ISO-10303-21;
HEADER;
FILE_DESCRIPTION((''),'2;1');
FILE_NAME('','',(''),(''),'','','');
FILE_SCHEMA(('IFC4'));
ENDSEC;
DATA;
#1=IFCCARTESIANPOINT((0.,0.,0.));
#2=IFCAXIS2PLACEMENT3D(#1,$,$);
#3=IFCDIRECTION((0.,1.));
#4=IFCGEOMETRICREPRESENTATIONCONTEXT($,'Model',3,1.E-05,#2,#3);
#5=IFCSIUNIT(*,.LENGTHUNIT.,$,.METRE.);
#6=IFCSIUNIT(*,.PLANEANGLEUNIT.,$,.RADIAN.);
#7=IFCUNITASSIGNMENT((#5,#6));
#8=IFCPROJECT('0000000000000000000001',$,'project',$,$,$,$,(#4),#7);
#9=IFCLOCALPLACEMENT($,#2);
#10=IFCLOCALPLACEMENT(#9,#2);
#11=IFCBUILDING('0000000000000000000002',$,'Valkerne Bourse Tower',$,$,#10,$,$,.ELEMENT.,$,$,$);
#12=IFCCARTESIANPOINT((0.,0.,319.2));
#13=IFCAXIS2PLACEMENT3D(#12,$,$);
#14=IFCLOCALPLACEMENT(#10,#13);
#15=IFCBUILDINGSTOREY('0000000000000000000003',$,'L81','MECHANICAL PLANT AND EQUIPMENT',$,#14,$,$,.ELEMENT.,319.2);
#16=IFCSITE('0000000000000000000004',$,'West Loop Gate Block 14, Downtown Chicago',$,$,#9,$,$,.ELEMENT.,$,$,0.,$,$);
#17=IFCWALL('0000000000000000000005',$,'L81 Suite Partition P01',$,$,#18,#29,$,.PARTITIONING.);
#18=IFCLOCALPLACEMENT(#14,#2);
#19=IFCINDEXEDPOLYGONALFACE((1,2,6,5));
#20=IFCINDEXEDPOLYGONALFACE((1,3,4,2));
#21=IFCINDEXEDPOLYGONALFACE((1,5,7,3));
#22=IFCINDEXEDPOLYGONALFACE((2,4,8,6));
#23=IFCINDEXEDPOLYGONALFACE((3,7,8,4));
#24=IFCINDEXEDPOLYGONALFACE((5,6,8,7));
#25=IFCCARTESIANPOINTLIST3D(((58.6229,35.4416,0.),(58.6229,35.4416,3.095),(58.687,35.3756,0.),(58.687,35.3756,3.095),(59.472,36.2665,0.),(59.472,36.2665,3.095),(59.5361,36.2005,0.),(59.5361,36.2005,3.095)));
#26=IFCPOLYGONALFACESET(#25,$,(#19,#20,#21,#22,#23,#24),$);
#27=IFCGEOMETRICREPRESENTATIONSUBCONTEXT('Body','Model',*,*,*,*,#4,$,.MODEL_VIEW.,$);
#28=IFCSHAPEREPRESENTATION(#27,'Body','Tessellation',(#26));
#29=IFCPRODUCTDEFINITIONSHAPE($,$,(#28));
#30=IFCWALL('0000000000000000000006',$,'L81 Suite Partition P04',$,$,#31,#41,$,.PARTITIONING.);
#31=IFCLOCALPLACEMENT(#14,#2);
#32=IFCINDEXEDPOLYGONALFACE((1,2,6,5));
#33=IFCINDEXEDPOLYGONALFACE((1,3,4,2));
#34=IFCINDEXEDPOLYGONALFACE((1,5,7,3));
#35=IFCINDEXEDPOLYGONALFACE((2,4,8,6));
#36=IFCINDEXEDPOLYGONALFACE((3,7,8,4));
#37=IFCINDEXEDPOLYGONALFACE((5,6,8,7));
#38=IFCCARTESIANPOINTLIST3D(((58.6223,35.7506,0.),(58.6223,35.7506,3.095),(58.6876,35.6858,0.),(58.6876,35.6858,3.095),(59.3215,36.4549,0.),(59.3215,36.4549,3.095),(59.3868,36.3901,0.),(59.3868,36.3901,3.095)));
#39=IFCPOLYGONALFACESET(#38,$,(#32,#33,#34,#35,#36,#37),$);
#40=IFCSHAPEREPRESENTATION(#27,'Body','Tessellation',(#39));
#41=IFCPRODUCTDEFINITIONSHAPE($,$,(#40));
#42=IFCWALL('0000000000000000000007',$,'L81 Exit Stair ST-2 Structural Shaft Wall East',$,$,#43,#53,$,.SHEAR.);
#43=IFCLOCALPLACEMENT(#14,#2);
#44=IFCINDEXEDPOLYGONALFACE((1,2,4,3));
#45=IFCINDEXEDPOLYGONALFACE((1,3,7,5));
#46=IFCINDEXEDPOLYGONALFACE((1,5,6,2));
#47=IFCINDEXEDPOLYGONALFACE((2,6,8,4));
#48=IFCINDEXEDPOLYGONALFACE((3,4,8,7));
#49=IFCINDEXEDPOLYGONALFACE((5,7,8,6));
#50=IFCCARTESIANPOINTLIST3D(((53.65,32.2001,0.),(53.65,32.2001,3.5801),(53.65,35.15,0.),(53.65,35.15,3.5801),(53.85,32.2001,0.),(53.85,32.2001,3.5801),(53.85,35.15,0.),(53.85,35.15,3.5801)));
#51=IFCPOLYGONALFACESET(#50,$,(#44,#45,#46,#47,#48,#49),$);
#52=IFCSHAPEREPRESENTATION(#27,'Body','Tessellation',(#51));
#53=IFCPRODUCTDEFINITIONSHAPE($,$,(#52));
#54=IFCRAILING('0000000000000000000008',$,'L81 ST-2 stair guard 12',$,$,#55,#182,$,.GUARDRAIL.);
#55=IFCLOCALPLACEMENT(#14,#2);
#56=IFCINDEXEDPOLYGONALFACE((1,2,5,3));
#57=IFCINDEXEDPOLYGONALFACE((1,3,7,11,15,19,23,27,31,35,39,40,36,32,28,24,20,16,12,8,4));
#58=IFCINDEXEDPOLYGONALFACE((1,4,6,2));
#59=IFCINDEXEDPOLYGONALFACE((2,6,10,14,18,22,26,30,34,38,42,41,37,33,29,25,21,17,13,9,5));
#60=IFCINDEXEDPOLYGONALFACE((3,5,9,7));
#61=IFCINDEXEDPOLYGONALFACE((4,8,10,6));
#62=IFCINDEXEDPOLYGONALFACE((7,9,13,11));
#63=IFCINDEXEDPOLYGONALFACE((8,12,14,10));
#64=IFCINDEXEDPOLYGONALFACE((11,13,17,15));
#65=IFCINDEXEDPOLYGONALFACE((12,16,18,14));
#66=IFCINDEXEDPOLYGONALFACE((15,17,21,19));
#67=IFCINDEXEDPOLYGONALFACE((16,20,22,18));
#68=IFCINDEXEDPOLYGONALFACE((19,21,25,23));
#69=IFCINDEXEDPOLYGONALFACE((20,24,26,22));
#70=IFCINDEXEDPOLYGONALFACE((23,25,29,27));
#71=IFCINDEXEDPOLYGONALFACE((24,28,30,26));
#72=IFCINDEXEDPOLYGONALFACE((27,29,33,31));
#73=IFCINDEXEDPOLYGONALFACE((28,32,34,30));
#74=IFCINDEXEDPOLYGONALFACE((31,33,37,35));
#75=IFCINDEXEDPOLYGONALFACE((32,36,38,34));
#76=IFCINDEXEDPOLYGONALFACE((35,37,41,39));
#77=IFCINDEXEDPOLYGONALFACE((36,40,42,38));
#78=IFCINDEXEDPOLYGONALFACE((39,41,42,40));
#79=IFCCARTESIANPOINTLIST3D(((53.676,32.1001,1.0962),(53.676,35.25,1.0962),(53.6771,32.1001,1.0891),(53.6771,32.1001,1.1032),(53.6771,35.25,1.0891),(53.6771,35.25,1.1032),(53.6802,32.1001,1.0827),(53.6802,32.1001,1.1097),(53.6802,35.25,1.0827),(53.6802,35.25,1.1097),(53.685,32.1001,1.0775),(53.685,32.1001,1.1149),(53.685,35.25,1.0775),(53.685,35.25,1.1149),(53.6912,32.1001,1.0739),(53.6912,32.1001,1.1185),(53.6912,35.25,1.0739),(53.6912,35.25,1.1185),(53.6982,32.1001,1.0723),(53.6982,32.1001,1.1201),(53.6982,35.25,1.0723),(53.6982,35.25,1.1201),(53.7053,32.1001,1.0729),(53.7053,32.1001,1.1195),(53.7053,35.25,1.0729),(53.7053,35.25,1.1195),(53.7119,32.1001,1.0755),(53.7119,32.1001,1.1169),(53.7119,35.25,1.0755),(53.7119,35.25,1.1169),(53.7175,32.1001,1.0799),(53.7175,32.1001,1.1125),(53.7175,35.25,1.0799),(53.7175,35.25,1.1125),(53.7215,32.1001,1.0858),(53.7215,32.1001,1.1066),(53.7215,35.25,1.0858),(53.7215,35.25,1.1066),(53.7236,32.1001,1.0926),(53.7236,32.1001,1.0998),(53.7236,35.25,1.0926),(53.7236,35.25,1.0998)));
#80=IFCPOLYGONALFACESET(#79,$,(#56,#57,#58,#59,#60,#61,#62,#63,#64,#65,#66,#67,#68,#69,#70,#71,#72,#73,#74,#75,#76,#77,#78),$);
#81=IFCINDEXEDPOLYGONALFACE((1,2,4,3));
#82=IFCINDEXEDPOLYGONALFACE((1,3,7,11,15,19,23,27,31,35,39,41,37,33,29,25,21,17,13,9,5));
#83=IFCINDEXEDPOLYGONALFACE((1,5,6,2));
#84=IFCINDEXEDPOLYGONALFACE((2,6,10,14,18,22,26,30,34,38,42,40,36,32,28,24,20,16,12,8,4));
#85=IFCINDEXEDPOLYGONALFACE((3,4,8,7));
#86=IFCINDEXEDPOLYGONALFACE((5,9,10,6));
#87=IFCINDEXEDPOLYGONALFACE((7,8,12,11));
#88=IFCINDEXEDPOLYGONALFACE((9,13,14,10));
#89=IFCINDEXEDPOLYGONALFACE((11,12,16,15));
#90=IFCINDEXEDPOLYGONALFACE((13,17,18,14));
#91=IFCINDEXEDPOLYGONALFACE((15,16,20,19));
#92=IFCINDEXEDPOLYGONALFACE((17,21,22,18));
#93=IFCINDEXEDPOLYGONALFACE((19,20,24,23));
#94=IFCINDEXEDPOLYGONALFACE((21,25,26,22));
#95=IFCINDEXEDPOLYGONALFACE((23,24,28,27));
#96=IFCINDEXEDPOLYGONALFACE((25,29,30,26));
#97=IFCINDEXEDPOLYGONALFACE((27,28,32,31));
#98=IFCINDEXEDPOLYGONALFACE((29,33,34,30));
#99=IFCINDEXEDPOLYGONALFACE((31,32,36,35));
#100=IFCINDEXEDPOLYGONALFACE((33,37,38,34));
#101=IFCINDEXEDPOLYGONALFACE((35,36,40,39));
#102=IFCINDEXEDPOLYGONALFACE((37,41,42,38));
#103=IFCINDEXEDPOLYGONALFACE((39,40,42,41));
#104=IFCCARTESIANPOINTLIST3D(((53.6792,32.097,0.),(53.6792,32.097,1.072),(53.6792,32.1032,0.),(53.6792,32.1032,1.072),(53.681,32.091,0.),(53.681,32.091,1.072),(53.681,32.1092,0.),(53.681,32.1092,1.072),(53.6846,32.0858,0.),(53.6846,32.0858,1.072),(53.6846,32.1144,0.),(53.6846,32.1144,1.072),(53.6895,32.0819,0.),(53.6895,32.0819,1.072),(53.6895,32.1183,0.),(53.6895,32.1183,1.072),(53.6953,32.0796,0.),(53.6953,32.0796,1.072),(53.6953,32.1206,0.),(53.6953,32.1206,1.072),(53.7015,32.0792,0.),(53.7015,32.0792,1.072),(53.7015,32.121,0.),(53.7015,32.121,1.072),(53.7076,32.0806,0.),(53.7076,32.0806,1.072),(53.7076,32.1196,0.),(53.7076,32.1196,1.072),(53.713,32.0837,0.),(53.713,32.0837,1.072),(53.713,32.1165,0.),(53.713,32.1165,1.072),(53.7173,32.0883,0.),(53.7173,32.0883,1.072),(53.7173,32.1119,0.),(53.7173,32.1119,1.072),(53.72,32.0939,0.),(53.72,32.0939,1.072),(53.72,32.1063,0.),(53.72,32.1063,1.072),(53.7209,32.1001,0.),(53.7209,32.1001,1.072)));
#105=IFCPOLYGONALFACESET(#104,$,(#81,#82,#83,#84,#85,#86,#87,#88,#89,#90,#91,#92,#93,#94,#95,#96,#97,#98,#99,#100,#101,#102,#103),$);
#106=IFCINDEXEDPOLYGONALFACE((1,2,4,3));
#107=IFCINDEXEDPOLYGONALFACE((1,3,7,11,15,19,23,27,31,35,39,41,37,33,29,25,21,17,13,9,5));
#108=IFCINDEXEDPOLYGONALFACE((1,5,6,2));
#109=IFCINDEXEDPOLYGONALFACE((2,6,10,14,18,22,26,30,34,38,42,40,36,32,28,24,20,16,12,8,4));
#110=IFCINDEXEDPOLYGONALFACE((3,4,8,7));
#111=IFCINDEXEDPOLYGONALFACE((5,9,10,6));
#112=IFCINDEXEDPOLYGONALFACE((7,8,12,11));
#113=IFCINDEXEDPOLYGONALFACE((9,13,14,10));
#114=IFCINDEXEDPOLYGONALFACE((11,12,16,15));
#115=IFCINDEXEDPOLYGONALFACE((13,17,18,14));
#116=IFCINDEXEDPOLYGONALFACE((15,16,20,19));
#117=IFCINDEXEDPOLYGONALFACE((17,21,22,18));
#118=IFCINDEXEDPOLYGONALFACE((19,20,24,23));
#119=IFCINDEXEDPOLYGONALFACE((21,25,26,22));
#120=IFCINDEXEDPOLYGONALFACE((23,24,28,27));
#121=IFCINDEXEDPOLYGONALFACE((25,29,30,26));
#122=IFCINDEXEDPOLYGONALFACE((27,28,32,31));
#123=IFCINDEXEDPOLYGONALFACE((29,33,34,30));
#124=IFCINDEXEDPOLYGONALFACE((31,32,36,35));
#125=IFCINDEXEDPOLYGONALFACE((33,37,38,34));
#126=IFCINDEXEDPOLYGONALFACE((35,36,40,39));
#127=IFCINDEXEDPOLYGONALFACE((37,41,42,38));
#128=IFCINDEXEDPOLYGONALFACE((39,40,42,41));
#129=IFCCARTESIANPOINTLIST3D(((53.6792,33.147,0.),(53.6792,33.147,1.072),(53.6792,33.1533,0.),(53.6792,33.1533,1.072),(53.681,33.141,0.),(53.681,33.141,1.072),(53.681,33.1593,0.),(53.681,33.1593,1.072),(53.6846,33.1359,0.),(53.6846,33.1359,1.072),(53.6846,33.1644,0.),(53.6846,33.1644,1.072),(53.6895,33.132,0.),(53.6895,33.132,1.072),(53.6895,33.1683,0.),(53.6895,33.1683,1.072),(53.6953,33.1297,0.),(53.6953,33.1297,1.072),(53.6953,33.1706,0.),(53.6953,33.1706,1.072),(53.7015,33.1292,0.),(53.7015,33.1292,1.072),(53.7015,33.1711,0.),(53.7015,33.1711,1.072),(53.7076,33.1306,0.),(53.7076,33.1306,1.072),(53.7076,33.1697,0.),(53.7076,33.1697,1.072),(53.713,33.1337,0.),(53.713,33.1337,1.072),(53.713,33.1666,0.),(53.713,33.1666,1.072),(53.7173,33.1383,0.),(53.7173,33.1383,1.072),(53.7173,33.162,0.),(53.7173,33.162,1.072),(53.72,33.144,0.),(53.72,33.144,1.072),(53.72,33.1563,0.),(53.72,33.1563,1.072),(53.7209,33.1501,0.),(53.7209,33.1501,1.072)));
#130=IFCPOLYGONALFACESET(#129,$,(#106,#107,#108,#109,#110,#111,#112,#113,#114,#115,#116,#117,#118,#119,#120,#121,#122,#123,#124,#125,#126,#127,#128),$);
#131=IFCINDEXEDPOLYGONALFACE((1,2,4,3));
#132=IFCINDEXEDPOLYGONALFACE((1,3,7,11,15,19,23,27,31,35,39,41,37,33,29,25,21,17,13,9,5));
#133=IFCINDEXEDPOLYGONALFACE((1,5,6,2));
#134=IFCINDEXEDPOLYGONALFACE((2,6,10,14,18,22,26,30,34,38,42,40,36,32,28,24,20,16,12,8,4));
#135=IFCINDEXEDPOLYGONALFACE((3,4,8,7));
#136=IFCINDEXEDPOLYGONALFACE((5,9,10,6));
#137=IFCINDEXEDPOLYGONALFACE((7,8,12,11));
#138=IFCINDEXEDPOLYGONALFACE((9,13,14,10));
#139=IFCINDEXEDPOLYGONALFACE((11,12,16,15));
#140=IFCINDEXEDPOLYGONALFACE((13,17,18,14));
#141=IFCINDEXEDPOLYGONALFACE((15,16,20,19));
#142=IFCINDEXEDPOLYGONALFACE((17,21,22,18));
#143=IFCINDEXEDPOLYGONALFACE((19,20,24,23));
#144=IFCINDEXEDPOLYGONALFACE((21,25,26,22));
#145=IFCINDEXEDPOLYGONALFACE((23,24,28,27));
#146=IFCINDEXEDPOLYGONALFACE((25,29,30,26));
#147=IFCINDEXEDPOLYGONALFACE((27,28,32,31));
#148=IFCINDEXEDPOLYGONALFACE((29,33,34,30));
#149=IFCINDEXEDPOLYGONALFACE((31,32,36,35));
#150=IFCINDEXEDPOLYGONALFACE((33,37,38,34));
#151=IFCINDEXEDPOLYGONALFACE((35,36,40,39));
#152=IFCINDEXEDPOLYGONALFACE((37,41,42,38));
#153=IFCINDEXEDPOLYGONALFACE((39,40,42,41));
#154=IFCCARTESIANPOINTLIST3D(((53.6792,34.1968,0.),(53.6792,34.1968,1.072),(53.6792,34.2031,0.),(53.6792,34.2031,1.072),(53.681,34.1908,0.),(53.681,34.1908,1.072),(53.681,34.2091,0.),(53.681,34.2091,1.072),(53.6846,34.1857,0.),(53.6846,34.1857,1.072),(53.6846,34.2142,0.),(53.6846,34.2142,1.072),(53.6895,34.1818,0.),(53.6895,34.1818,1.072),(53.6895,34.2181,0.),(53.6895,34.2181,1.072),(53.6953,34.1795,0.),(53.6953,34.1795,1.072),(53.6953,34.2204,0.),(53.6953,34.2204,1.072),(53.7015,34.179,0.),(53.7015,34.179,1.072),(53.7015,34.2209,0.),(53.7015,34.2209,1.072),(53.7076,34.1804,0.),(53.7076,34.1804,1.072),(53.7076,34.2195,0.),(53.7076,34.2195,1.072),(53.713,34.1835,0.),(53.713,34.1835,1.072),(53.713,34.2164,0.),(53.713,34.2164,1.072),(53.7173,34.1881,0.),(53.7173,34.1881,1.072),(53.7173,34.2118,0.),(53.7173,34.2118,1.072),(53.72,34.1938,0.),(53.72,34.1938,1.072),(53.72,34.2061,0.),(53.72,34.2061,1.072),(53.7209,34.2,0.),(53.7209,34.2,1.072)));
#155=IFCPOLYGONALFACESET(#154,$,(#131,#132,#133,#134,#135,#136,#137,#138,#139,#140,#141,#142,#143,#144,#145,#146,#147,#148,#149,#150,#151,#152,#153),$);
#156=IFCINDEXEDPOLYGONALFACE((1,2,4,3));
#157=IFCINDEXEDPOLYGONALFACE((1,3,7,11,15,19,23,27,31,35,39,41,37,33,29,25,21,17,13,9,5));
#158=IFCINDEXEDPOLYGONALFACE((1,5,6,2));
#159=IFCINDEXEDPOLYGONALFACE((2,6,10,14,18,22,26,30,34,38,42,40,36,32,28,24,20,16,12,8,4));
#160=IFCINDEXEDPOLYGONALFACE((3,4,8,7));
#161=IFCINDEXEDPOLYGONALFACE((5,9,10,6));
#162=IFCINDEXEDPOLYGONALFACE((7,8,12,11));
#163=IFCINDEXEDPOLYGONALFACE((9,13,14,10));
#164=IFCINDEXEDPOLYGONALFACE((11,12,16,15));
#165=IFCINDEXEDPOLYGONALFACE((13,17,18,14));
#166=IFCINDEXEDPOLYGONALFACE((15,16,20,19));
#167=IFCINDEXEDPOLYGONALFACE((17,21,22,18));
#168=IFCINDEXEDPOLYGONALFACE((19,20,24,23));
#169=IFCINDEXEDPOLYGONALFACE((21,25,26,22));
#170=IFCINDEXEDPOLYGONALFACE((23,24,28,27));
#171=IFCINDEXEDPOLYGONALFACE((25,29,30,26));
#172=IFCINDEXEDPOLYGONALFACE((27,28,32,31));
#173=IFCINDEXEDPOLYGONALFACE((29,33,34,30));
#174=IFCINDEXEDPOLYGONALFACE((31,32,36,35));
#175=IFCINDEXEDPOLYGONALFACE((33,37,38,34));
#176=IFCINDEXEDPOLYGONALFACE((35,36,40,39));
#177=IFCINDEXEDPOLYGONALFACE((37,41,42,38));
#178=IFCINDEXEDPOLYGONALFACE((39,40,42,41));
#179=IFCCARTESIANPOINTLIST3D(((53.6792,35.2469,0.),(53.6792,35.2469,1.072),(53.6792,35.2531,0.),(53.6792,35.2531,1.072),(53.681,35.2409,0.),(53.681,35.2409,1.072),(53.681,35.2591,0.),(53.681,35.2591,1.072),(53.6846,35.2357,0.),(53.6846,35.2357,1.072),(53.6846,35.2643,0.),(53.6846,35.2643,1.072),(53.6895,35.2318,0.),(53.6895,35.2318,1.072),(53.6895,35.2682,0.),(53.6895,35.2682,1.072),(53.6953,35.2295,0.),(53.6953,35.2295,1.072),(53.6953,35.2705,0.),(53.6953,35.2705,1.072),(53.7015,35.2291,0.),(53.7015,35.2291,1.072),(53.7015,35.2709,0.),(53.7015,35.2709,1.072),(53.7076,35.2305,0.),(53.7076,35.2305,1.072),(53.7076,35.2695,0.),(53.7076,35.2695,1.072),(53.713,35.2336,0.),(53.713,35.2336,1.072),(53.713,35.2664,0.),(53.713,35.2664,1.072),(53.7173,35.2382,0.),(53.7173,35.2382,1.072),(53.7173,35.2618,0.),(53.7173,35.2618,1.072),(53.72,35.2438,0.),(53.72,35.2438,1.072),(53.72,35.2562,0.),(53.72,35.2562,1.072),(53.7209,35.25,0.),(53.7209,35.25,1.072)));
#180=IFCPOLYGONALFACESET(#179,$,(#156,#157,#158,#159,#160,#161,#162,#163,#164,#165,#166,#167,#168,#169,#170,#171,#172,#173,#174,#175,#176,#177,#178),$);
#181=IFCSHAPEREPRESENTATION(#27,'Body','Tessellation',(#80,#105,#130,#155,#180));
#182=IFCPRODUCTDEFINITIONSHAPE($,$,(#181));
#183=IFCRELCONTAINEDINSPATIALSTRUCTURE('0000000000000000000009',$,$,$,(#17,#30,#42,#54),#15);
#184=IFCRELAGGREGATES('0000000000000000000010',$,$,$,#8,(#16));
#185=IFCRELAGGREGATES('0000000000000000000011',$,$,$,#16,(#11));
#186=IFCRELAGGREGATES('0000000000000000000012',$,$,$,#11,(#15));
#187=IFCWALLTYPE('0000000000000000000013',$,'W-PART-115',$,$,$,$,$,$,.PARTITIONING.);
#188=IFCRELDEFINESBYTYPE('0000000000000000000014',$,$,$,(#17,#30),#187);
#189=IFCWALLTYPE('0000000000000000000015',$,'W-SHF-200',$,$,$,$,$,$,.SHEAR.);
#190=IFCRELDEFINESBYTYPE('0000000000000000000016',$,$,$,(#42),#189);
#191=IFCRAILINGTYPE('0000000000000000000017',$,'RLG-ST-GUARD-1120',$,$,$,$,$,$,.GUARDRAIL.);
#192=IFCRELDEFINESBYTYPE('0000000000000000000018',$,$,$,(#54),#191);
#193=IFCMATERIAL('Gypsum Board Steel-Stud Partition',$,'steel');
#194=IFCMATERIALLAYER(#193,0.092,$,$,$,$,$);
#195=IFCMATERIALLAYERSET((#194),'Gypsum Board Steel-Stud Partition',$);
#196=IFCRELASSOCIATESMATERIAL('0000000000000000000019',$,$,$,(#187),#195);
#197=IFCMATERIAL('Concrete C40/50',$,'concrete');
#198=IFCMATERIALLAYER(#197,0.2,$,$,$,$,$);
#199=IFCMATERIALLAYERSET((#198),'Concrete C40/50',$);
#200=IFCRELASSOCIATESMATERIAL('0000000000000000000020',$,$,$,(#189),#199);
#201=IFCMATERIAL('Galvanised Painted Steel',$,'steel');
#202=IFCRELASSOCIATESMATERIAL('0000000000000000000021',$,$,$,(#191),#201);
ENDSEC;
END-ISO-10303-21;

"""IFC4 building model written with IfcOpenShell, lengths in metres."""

from ifc_helpers import new_model, si_unit, direction, frame, frame_2d, origin, origin_2d, place, context, subcontext, project, spatial, rectangle, circle, extrude, material, layer, layer_set, type_object, element, save


model = new_model("IFC4")

# Units and contexts
model_context = context("Model", 3, precision=1e-05, world=origin(), true_north=direction((0.0, 1.0)))
body_context = subcontext(model_context, "Body", "Model", "MODEL_VIEW")
ifc_project = project(units=[si_unit("LENGTHUNIT", "METRE"), si_unit("PLANEANGLEUNIT", "RADIAN")], contexts=[model_context])

# Site, building, storey
site_placement = place(None, origin())
site = spatial("IfcSite", under=ifc_project, at=site_placement, Name="West Loop Gate Block 14, Downtown Chicago", CompositionType="ELEMENT", RefElevation=0.0)
building_placement = place(site_placement, origin())
building = spatial("IfcBuilding", under=site, at=building_placement, Name="Valkerne Bourse Tower", CompositionType="ELEMENT")
storey_placement = place(building_placement, frame((0.0, 0.0, 319.2)))
storey = spatial("IfcBuildingStorey", under=building, at=storey_placement, Name="L81", Description="MECHANICAL PLANT AND EQUIPMENT", CompositionType="ELEMENT", Elevation=319.2)

# Walls
ifc_material_1 = material(Name="Gypsum Board Steel-Stud Partition", Category="steel")
ifc_layer_1 = layer(ifc_material_1, 0.092)
ifc_layer_set_1 = layer_set([ifc_layer_1], Name="Gypsum Board Steel-Stud Partition")
wall_type_1 = type_object("IfcWallType", Name="W-PART-115", PredefinedType="PARTITIONING", material=ifc_layer_set_1)
wall_1_placement = place(storey_placement, frame((58.655, 35.4087, 0.0), z_axis=(0.0, 0.0, 1.0), x_axis=(0.717241, 0.696825, 0.0)))
element("IfcWall", 1, at=wall_1_placement, inside=storey, type_object=wall_type_1, Name="L81 Suite Partition P01", PredefinedType="PARTITIONING", context=body_context, shape_type="SweptSolid", body=[
    extrude(rectangle(XDim=1.1838, YDim=0.092, at=frame_2d((0.5918, 0.0))), origin(), (0.0, 0.0, 1.0), 3.095),
])
wall_2_placement = place(storey_placement, frame((58.655, 35.7183, 0.0), z_axis=(0.0, 0.0, 1.0), x_axis=(0.704519, 0.709685, 0.0)))
element("IfcWall", 2, at=wall_2_placement, inside=storey, type_object=wall_type_1, Name="L81 Suite Partition P04", PredefinedType="PARTITIONING", context=body_context, shape_type="SweptSolid", body=[
    extrude(rectangle(XDim=0.9924, YDim=0.092, at=frame_2d((0.4961, 0.0))), origin(), (0.0, 0.0, 1.0), 3.095),
])
ifc_material_2 = material(Name="Concrete C40/50", Category="concrete")
ifc_layer_2 = layer(ifc_material_2, 0.2)
ifc_layer_set_2 = layer_set([ifc_layer_2], Name="Concrete C40/50")
wall_type_2 = type_object("IfcWallType", Name="W-SHF-200", PredefinedType="SHEAR", material=ifc_layer_set_2)
wall_3_placement = place(storey_placement, frame((53.75, 32.2, 0.0), z_axis=(0.0, 0.0, 1.0), x_axis=(0.0, 1.0, 0.0)))
element("IfcWall", 3, at=wall_3_placement, inside=storey, type_object=wall_type_2, Name="L81 Exit Stair ST-2 Structural Shaft Wall East", PredefinedType="SHEAR", context=body_context, shape_type="SweptSolid", body=[
    extrude(rectangle(XDim=2.95, YDim=0.2, at=frame_2d((1.4751, 0.0))), origin(), (0.0, 0.0, 1.0), 3.5801),
])

# Railing
ifc_material_3 = material(Name="Galvanised Painted Steel", Category="steel")
railing_type = type_object("IfcRailingType", Name="RLG-ST-GUARD-1120", PredefinedType="GUARDRAIL", material=ifc_material_3)
railing_placement = place(storey_placement, frame((53.7, 32.1001, 0.0)))
element("IfcRailing", 4, at=railing_placement, inside=storey, type_object=railing_type, Name="L81 ST-2 stair guard 12", PredefinedType="GUARDRAIL", context=body_context, shape_type="SweptSolid", body=[
    extrude(circle(Radius=0.0239, at=origin_2d()), frame((0.0, 0.0, 1.0962), z_axis=(0.0, 1.0, 0.0), x_axis=(-1.0, 0.0, 0.0)), (0.0, 0.0, 1.0), 3.1499),
    extrude(circle(Radius=0.021, at=origin_2d()), origin(), (0.0, 0.0, 1.0), 1.072),
    extrude(circle(Radius=0.021, at=origin_2d()), frame((0.0, 1.05, 0.0)), (0.0, 0.0, 1.0), 1.072),
    extrude(circle(Radius=0.021, at=origin_2d()), frame((0.0, 2.0999, 0.0)), (0.0, 0.0, 1.0), 1.072),
    extrude(circle(Radius=0.021, at=origin_2d()), frame((0.0, 3.1499, 0.0)), (0.0, 0.0, 1.0), 1.072),
])

save(model, "model.ifc")
